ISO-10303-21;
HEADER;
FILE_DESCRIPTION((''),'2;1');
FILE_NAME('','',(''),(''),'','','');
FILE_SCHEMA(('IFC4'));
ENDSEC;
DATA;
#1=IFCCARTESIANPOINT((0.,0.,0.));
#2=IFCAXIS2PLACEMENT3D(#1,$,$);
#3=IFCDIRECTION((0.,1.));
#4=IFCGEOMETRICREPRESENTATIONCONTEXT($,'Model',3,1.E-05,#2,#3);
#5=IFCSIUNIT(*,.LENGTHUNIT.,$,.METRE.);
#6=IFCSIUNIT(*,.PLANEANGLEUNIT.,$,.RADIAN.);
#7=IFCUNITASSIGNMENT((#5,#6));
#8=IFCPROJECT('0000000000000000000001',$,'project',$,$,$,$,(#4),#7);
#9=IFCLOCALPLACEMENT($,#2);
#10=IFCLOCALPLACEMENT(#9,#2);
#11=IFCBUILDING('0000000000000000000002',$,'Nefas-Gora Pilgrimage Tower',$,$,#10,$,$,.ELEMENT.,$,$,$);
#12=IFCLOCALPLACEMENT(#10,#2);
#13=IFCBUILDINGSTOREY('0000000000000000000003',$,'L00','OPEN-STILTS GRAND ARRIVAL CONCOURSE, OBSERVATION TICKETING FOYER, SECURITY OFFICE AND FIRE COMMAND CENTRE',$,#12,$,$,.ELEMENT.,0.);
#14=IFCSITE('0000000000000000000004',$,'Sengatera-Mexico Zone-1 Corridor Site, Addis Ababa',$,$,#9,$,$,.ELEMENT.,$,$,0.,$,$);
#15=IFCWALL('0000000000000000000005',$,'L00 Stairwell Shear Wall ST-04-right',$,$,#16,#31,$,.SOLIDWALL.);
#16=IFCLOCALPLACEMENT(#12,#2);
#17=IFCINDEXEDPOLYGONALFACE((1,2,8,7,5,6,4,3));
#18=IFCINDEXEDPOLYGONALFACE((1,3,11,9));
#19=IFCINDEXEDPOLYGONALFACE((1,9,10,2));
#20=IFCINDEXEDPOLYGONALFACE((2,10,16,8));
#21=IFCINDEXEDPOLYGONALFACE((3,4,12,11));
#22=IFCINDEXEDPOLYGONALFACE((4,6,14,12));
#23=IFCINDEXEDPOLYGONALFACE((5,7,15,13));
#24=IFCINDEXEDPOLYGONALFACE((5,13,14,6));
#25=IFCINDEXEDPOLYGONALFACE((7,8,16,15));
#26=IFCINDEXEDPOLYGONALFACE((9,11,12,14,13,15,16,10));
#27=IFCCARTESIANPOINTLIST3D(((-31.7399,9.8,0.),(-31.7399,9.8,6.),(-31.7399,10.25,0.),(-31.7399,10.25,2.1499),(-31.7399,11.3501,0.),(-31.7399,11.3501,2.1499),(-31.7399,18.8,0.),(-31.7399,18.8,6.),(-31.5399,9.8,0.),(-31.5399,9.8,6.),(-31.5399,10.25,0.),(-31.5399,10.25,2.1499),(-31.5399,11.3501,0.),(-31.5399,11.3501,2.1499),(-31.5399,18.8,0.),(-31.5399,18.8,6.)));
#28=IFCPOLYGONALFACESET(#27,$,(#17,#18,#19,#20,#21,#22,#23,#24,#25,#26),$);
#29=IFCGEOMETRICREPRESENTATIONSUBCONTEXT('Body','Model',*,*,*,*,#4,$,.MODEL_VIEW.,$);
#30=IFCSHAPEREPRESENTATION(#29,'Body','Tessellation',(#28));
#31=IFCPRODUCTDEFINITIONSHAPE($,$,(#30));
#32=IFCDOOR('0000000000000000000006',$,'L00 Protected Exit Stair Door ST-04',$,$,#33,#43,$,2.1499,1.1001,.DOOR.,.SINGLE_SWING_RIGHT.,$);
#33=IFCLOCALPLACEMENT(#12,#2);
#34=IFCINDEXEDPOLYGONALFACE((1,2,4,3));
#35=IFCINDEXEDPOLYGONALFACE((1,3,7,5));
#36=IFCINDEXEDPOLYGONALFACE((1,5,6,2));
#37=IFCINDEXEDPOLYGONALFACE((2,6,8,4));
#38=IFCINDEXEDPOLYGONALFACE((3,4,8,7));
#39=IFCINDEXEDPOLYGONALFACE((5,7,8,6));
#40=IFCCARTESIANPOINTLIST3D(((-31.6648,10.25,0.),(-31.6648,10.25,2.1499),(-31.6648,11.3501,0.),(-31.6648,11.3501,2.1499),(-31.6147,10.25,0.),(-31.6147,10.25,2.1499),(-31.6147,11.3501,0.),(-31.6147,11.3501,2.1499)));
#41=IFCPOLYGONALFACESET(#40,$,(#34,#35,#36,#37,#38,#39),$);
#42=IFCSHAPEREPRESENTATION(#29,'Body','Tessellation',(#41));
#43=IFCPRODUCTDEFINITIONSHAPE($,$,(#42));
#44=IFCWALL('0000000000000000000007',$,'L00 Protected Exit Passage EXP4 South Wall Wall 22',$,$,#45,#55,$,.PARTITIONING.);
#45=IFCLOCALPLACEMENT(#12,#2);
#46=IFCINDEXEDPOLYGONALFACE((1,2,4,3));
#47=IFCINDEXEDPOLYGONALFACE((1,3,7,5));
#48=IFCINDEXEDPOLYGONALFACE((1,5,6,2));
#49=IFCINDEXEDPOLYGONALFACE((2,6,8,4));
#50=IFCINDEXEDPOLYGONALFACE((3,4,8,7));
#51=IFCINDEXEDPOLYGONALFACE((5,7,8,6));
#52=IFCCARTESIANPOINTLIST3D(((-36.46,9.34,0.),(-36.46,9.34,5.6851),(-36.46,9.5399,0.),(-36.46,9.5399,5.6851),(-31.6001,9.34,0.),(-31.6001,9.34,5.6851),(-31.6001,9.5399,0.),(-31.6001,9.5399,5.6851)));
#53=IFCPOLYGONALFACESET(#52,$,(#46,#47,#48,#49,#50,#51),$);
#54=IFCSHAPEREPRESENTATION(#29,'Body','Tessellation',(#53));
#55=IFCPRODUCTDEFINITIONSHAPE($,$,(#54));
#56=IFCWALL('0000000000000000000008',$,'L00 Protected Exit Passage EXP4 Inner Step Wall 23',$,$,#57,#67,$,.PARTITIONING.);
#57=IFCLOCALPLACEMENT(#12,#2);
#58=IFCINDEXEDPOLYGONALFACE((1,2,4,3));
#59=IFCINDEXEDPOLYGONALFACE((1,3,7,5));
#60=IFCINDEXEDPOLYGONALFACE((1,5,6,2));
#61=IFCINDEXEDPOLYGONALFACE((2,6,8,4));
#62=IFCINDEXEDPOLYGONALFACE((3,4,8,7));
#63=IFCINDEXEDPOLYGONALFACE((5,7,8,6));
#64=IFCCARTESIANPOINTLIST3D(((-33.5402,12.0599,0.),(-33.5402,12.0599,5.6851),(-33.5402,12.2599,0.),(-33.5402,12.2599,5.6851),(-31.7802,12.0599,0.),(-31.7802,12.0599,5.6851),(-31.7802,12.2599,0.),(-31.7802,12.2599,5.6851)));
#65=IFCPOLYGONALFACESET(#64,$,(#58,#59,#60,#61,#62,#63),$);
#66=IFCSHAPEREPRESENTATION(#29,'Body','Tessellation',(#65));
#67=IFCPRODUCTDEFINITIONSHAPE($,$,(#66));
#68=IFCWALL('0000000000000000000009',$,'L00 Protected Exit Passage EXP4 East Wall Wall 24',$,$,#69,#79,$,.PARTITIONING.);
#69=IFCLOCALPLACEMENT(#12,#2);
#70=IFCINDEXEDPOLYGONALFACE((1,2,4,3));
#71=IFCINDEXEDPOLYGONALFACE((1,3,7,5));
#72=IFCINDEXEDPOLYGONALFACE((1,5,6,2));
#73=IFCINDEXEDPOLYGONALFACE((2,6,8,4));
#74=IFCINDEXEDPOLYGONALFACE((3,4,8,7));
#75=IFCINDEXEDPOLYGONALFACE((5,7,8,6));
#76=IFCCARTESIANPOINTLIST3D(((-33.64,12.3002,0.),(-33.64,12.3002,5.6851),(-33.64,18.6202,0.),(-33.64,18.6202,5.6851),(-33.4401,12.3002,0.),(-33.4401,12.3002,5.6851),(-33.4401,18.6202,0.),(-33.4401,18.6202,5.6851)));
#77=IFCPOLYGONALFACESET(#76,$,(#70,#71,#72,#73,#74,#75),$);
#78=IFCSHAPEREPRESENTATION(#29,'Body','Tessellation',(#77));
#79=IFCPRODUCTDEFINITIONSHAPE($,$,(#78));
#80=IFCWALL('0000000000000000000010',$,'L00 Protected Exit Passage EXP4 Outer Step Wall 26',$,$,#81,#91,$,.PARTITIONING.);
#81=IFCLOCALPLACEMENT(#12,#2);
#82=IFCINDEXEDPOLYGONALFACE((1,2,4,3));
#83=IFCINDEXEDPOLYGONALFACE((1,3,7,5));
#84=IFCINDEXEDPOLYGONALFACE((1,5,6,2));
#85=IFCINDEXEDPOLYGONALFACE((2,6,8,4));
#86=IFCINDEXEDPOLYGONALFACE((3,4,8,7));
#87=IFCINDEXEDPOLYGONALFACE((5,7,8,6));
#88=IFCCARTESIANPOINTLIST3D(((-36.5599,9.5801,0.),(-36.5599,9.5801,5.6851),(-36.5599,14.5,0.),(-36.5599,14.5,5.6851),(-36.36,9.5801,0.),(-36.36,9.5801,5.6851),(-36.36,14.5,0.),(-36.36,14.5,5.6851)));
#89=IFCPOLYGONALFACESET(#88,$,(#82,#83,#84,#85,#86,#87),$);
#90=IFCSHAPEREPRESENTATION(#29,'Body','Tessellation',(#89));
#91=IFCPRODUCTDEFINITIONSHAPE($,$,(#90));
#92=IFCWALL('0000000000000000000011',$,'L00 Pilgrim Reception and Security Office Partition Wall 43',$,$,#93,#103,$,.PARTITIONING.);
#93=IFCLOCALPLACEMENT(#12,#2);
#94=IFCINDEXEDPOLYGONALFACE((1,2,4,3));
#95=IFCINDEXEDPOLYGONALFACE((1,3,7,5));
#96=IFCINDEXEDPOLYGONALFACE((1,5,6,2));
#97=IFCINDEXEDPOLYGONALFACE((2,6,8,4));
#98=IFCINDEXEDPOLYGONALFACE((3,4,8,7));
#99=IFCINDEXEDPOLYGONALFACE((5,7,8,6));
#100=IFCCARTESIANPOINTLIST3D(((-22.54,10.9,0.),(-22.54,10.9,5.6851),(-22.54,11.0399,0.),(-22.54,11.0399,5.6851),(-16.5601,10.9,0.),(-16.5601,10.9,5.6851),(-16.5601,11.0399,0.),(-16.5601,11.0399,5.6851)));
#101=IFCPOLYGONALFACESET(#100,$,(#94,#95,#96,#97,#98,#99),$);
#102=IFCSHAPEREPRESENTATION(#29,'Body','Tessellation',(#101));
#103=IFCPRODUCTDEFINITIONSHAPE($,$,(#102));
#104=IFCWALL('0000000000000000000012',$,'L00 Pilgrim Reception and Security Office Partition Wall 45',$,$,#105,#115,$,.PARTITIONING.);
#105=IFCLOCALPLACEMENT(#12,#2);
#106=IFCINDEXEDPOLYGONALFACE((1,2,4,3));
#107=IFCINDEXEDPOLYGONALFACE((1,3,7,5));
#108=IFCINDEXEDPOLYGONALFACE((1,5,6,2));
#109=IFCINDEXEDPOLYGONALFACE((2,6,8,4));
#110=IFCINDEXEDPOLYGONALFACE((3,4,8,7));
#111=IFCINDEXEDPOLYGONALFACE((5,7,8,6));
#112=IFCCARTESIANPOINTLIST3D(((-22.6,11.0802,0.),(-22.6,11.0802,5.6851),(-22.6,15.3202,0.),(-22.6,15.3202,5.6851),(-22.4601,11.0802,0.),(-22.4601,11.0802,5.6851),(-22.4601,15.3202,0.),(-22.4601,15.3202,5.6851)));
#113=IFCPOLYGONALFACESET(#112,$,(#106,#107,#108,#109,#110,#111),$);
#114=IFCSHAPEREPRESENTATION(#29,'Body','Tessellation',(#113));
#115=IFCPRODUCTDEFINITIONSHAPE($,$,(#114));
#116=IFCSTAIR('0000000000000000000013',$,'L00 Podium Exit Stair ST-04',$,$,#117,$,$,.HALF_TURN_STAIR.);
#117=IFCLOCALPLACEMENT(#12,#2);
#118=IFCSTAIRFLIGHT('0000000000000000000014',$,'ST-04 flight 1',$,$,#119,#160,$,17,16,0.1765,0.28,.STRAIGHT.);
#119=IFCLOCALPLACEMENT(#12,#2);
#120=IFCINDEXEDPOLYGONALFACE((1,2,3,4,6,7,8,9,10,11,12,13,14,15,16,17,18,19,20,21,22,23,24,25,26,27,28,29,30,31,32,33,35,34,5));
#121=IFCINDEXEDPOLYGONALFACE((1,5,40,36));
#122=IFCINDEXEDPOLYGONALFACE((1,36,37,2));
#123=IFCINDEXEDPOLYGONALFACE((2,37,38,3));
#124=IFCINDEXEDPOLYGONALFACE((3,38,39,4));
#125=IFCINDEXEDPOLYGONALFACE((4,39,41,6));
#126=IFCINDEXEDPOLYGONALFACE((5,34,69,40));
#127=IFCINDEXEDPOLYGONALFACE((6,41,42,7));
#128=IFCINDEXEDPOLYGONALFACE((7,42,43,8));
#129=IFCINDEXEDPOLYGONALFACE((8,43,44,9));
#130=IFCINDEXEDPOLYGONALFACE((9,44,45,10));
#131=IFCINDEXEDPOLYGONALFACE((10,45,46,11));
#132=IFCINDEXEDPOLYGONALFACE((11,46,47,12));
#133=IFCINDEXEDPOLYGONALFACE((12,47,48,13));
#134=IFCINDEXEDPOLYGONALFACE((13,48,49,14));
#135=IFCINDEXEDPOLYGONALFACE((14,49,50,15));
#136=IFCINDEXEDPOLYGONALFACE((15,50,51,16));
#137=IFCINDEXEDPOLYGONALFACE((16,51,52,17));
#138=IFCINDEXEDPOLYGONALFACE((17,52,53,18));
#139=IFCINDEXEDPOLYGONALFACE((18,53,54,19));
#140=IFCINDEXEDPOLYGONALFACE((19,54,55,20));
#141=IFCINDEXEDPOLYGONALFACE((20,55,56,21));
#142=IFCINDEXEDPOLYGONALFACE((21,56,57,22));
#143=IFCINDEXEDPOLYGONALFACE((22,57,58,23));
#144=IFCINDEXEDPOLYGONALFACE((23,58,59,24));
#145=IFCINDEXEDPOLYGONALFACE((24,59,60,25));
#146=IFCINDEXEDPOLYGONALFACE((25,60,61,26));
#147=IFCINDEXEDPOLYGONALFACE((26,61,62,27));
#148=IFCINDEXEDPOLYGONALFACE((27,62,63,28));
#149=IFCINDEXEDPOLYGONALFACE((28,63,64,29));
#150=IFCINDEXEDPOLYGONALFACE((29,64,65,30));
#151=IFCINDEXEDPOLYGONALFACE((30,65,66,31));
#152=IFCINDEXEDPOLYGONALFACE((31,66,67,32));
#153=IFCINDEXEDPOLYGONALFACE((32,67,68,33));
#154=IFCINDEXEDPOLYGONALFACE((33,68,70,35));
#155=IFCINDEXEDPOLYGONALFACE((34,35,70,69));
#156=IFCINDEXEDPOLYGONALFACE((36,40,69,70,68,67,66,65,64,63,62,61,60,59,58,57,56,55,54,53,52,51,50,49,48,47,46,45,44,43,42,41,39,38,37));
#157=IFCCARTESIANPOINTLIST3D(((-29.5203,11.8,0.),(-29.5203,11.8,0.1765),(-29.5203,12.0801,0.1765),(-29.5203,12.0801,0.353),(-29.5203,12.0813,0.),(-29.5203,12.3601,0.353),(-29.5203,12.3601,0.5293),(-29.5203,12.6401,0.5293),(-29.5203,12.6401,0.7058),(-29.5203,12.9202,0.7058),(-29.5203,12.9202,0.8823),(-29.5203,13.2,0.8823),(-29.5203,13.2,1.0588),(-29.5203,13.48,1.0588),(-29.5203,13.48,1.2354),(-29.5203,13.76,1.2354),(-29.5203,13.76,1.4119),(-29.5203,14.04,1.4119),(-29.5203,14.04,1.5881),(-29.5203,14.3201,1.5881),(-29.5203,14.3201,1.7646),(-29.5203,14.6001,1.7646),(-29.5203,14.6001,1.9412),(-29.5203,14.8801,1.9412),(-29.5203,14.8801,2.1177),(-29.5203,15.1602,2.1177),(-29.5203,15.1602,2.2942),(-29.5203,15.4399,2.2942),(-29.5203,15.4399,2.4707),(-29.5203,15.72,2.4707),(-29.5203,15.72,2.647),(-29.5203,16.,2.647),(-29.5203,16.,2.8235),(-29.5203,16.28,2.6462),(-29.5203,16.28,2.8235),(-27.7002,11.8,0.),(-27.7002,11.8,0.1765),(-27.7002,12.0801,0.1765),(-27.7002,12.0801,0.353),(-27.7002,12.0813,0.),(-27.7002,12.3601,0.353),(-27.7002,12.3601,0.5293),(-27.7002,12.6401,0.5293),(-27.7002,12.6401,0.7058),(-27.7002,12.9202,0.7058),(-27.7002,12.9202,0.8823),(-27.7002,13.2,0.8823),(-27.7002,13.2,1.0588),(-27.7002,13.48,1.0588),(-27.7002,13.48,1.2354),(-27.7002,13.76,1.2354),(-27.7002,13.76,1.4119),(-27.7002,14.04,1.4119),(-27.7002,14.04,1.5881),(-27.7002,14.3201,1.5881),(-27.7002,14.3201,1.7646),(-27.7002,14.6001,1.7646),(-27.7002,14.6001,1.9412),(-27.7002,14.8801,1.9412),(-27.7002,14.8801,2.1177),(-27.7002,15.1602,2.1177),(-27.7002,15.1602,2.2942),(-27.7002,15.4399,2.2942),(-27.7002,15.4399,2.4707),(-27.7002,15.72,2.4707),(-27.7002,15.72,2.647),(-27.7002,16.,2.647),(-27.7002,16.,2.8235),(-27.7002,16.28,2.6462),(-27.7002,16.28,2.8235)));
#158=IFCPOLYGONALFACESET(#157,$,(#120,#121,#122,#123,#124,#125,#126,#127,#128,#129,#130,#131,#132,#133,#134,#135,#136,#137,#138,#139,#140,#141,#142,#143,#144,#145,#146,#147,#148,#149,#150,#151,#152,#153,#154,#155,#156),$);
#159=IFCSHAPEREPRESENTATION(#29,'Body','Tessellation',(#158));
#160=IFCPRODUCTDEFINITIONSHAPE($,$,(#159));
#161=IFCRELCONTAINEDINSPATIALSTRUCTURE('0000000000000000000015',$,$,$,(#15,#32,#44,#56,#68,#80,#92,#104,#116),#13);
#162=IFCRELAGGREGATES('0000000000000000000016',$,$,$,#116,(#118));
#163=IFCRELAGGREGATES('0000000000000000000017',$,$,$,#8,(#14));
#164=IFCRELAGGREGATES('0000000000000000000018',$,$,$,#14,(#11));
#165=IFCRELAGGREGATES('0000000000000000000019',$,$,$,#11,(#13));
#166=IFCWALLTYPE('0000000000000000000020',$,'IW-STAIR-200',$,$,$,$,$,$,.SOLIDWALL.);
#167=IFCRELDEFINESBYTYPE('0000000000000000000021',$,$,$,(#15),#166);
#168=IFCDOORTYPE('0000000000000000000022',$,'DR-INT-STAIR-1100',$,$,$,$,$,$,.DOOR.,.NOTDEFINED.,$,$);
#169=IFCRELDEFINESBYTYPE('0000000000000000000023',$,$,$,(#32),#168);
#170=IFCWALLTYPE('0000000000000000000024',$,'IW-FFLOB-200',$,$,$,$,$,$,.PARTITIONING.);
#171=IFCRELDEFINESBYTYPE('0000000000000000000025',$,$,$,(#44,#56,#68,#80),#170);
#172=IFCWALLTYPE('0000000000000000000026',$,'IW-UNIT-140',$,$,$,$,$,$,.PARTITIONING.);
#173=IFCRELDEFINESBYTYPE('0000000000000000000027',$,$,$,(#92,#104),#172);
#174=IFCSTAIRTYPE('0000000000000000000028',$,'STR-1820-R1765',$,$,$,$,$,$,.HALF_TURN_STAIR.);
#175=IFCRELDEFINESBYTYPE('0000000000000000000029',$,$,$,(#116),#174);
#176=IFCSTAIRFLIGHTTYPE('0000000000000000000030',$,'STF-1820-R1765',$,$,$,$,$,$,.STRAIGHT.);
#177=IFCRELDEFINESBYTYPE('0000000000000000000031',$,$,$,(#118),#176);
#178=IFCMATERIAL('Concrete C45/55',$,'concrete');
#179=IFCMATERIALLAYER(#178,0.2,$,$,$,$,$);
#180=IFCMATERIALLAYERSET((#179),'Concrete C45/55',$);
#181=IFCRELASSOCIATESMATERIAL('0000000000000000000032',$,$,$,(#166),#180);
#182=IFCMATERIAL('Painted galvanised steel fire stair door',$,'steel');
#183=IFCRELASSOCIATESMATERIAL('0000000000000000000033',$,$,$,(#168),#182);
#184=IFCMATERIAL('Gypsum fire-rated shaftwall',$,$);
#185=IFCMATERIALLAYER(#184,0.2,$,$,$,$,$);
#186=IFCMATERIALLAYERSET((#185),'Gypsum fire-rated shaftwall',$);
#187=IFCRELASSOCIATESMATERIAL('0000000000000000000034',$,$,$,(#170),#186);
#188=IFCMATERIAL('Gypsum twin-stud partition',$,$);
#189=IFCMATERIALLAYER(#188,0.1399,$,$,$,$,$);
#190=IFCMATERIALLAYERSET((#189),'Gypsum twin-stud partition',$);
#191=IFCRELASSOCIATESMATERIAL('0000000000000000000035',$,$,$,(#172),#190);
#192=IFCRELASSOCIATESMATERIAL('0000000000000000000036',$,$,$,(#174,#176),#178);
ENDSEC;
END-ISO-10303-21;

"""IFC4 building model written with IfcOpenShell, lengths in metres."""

from ifc_helpers import new_model, si_unit, direction, frame, frame_2d, origin, place, context, subcontext, project, spatial, polyline, rectangle, outline, extrude, source, transform, mapped, material, layer, layer_set, type_object, element, fill, aggregate, save


model = new_model("IFC4")

# Units and contexts
model_context = context("Model", 3, precision=1e-05, world=origin(), true_north=direction((0.0, 1.0)))
body_context = subcontext(model_context, "Body", "Model", "MODEL_VIEW")
ifc_project = project(units=[si_unit("LENGTHUNIT", "METRE"), si_unit("PLANEANGLEUNIT", "RADIAN")], contexts=[model_context])

# Site, building, storey
site_placement = place(None, origin())
site = spatial("IfcSite", under=ifc_project, at=site_placement, Name="Sengatera-Mexico Zone-1 Corridor Site, Addis Ababa", CompositionType="ELEMENT", RefElevation=0.0)
building_placement = place(site_placement, origin())
building = spatial("IfcBuilding", under=site, at=building_placement, Name="Nefas-Gora Pilgrimage Tower", CompositionType="ELEMENT")
storey_placement = place(building_placement, origin())
storey = spatial("IfcBuildingStorey", under=building, at=storey_placement, Name="L00", Description="OPEN-STILTS GRAND ARRIVAL CONCOURSE, OBSERVATION TICKETING FOYER, SECURITY OFFICE AND FIRE COMMAND CENTRE", CompositionType="ELEMENT", Elevation=0.0)

# Shared definitions
ifc_material_1 = material(Name="Concrete C45/55", Category="concrete")
ifc_layer_1 = layer(ifc_material_1, 0.2)
ifc_layer_set_1 = layer_set([ifc_layer_1], Name="Concrete C45/55")
wall_type_1 = type_object("IfcWallType", Name="IW-STAIR-200", PredefinedType="SOLIDWALL", material=ifc_layer_set_1)
shared_shape_1 = source(origin(), body_context, "Body", "SweptSolid", [
    extrude(rectangle(XDim=9.0, YDim=0.2, at=frame_2d((4.5, 0.0))), origin(), (0.0, 0.0, 1.0), 6.0),
])

# Wall, opening, door
wall_1_placement = place(storey_placement, frame((-31.6399, 9.8, 0.0), z_axis=(0.0, 0.0, 1.0), x_axis=(0.0, 1.0, 0.0)))
wall_1 = element("IfcWall", 1, at=wall_1_placement, inside=storey, type_object=wall_type_1, Name="L00 Stairwell Shear Wall ST-04-right", PredefinedType="SOLIDWALL", context=body_context, shape_type="MappedRepresentation", body=[
    mapped(shared_shape_1, transform((0.0, 0.0, 0.0), x_axis=(1.0, 0.0, 0.0), y_axis=(0.0, 1.0, 0.0), z_axis=(0.0, 0.0, 1.0), scale=1.0)),
])
opening_placement = place(wall_1_placement, frame((0.45, 0.0, 0.0)))
opening = element("IfcOpeningElement", 2, at=opening_placement, cuts=wall_1, PredefinedType="OPENING", context=body_context, shape_type="SweptSolid", body=[
    extrude(rectangle(XDim=1.1001, YDim=2.1499, at=frame_2d((0.55, 1.075))), frame((0.0, 0.1099, 0.0), z_axis=(0.0, -1.0, 0.0), x_axis=(1.0, 0.0, 0.0)), (0.0, 0.0, 1.0), 0.22),
])
ifc_material_2 = material(Name="Painted galvanised steel fire stair door", Category="steel")
door_type = type_object("IfcDoorType", Name="DR-INT-STAIR-1100", OperationType="NOTDEFINED", PredefinedType="DOOR", material=ifc_material_2)
shared_shape_2 = source(origin(), body_context, "Body", "SweptSolid", [
    extrude(rectangle(XDim=1.1001, YDim=2.1499, at=frame_2d((0.55, 1.075))), frame((0.0, 0.0249, 0.0), z_axis=(0.0, -1.0, 0.0), x_axis=(1.0, 0.0, 0.0)), (0.0, 0.0, 1.0), 0.05),
])
door_placement = place(opening_placement, origin())
door = element("IfcDoor", 3, at=door_placement, inside=storey, type_object=door_type, Name="L00 Protected Exit Stair Door ST-04", OperationType="SINGLE_SWING_RIGHT", OverallHeight=2.1499, OverallWidth=1.1001, PredefinedType="DOOR", context=body_context, shape_type="MappedRepresentation", body=[
    mapped(shared_shape_2, transform((0.0, 0.0, 0.0), x_axis=(1.0, 0.0, 0.0), y_axis=(0.0, 1.0, 0.0), z_axis=(0.0, 0.0, 1.0), scale=1.0)),
])
fill(opening, door)

# Walls
ifc_material_3 = material(Name="Gypsum fire-rated shaftwall")
ifc_layer_2 = layer(ifc_material_3, 0.2)
ifc_layer_set_2 = layer_set([ifc_layer_2], Name="Gypsum fire-rated shaftwall")
wall_type_2 = type_object("IfcWallType", Name="IW-FFLOB-200", PredefinedType="PARTITIONING", material=ifc_layer_set_2)
shared_shape_3 = source(origin(), body_context, "Body", "SweptSolid", [
    extrude(rectangle(XDim=4.8599, YDim=0.2, at=frame_2d((2.4299, 0.0))), origin(), (0.0, 0.0, 1.0), 5.6851),
])
wall_2_placement = place(storey_placement, frame((-36.46, 9.4399, 0.0), z_axis=(0.0, 0.0, 1.0), x_axis=(1.0, 0.0, 0.0)))
element("IfcWall", 4, at=wall_2_placement, inside=storey, type_object=wall_type_2, Name="L00 Protected Exit Passage EXP4 South Wall Wall 22", PredefinedType="PARTITIONING", context=body_context, shape_type="MappedRepresentation", body=[
    mapped(shared_shape_3, transform((0.0, 0.0, 0.0), x_axis=(1.0, 0.0, 0.0), y_axis=(0.0, 1.0, 0.0), z_axis=(0.0, 0.0, 1.0), scale=1.0)),
])
shared_shape_4 = source(origin(), body_context, "Body", "SweptSolid", [
    extrude(rectangle(XDim=1.76, YDim=0.2, at=frame_2d((0.8799, 0.0))), origin(), (0.0, 0.0, 1.0), 5.6851),
])
wall_3_placement = place(storey_placement, frame((-33.54, 12.1599, 0.0), z_axis=(0.0, 0.0, 1.0), x_axis=(1.0, 0.0, 0.0)))
element("IfcWall", 5, at=wall_3_placement, inside=storey, type_object=wall_type_2, Name="L00 Protected Exit Passage EXP4 Inner Step Wall 23", PredefinedType="PARTITIONING", context=body_context, shape_type="MappedRepresentation", body=[
    mapped(shared_shape_4, transform((0.0, 0.0, 0.0), x_axis=(1.0, 0.0, 0.0), y_axis=(0.0, 1.0, 0.0), z_axis=(0.0, 0.0, 1.0), scale=1.0)),
])
shared_shape_5 = source(origin(), body_context, "Body", "SweptSolid", [
    extrude(rectangle(XDim=6.3201, YDim=0.2, at=frame_2d((3.1602, 0.0))), origin(), (0.0, 0.0, 1.0), 5.6851),
])
wall_4_placement = place(storey_placement, frame((-33.54, 12.3, 0.0), z_axis=(0.0, 0.0, 1.0), x_axis=(0.0, 1.0, 0.0)))
element("IfcWall", 6, at=wall_4_placement, inside=storey, type_object=wall_type_2, Name="L00 Protected Exit Passage EXP4 East Wall Wall 24", PredefinedType="PARTITIONING", context=body_context, shape_type="MappedRepresentation", body=[
    mapped(shared_shape_5, transform((0.0, 0.0, 0.0), x_axis=(1.0, 0.0, 0.0), y_axis=(0.0, 1.0, 0.0), z_axis=(0.0, 0.0, 1.0), scale=1.0)),
])
shared_shape_6 = source(origin(), body_context, "Body", "SweptSolid", [
    extrude(rectangle(XDim=4.9199, YDim=0.2, at=frame_2d((2.46, 0.0))), origin(), (0.0, 0.0, 1.0), 5.6851),
])
wall_5_placement = place(storey_placement, frame((-36.46, 9.5801, 0.0), z_axis=(0.0, 0.0, 1.0), x_axis=(0.0, 1.0, 0.0)))
element("IfcWall", 7, at=wall_5_placement, inside=storey, type_object=wall_type_2, Name="L00 Protected Exit Passage EXP4 Outer Step Wall 26", PredefinedType="PARTITIONING", context=body_context, shape_type="MappedRepresentation", body=[
    mapped(shared_shape_6, transform((0.0, 0.0, 0.0), x_axis=(1.0, 0.0, 0.0), y_axis=(0.0, 1.0, 0.0), z_axis=(0.0, 0.0, 1.0), scale=1.0)),
])
ifc_material_4 = material(Name="Gypsum twin-stud partition")
ifc_layer_3 = layer(ifc_material_4, 0.1399)
ifc_layer_set_3 = layer_set([ifc_layer_3], Name="Gypsum twin-stud partition")
wall_type_3 = type_object("IfcWallType", Name="IW-UNIT-140", PredefinedType="PARTITIONING", material=ifc_layer_set_3)
shared_shape_7 = source(origin(), body_context, "Body", "SweptSolid", [
    extrude(rectangle(XDim=5.98, YDim=0.1399, at=frame_2d((2.99, 0.0))), origin(), (0.0, 0.0, 1.0), 5.6851),
])
wall_6_placement = place(storey_placement, frame((-22.54, 10.97, 0.0), z_axis=(0.0, 0.0, 1.0), x_axis=(1.0, 0.0, 0.0)))
element("IfcWall", 8, at=wall_6_placement, inside=storey, type_object=wall_type_3, Name="L00 Pilgrim Reception and Security Office Partition Wall 43", PredefinedType="PARTITIONING", context=body_context, shape_type="MappedRepresentation", body=[
    mapped(shared_shape_7, transform((0.0, 0.0, 0.0), x_axis=(1.0, 0.0, 0.0), y_axis=(0.0, 1.0, 0.0), z_axis=(0.0, 0.0, 1.0), scale=1.0)),
])
shared_shape_8 = source(origin(), body_context, "Body", "SweptSolid", [
    extrude(rectangle(XDim=4.24, YDim=0.1399, at=frame_2d((2.1201, 0.0))), origin(), (0.0, 0.0, 1.0), 5.6851),
])
wall_7_placement = place(storey_placement, frame((-22.53, 11.0801, 0.0), z_axis=(0.0, 0.0, 1.0), x_axis=(0.0, 1.0, 0.0)))
element("IfcWall", 9, at=wall_7_placement, inside=storey, type_object=wall_type_3, Name="L00 Pilgrim Reception and Security Office Partition Wall 45", PredefinedType="PARTITIONING", context=body_context, shape_type="MappedRepresentation", body=[
    mapped(shared_shape_8, transform((0.0, 0.0, 0.0), x_axis=(1.0, 0.0, 0.0), y_axis=(0.0, 1.0, 0.0), z_axis=(0.0, 0.0, 1.0), scale=1.0)),
])

# Stair, stair flight
stair_type = type_object("IfcStairType", Name="STR-1820-R1765", PredefinedType="HALF_TURN_STAIR", material=ifc_material_1)
stair_placement = place(storey_placement, origin())
stair = element("IfcStair", 10, at=stair_placement, inside=storey, type_object=stair_type, Name="L00 Podium Exit Stair ST-04", PredefinedType="HALF_TURN_STAIR")
stair_flight_type = type_object("IfcStairFlightType", Name="STF-1820-R1765", PredefinedType="STRAIGHT", material=ifc_material_1)
shared_shape_9 = source(origin(), body_context, "Body", "SweptSolid", [
    extrude(outline(polyline([(0.0, 0.0), (0.0, 0.1765), (0.28, 0.1765), (0.28, 0.353), (0.5601, 0.353), (0.5601, 0.5293), (0.8401, 0.5293), (0.8401, 0.7058), (1.1201, 0.7058), (1.1201, 0.8823), (1.3999, 0.8823), (1.3999, 1.0588), (1.6799, 1.0588), (1.6799, 1.2354), (1.96, 1.2354), (1.96, 1.4119), (2.24, 1.4119), (2.24, 1.5881), (2.52, 1.5881), (2.52, 1.7646), (2.8, 1.7646), (2.8, 1.9412), (3.0801, 1.9412), (3.0801, 2.1177), (3.3601, 2.1177), (3.3601, 2.2942), (3.6399, 2.2942), (3.6399, 2.4707), (3.9199, 2.4707), (3.9199, 2.647), (4.2, 2.647), (4.2, 2.8235), (4.48, 2.8235), (4.48, 3.0), (4.48, 2.6462), (0.2812, 0.0), (0.0, 0.0)])), frame((0.0, 0.9102, 0.0), z_axis=(0.0, -1.0, 0.0), x_axis=(1.0, 0.0, 0.0)), (0.0, 0.0, 1.0), 1.8201),
])
stair_flight_placement = place(storey_placement, frame((-28.6101, 11.8, 0.0), z_axis=(0.0, 0.0, 1.0), x_axis=(0.0, 1.0, 0.0)))
stair_flight = element("IfcStairFlight", 11, at=stair_flight_placement, type_object=stair_flight_type, Name="ST-04 flight 1", NumberOfRisers=17, NumberOfTreads=16, PredefinedType="STRAIGHT", RiserHeight=0.1765, TreadLength=0.28, context=body_context, shape_type="MappedRepresentation", body=[
    mapped(shared_shape_9, transform((0.0, 0.0, 0.0), x_axis=(1.0, 0.0, 0.0), y_axis=(0.0, 1.0, 0.0), z_axis=(0.0, 0.0, 1.0), scale=1.0)),
])
aggregate(stair, [stair_flight])

save(model, "model.ifc")
